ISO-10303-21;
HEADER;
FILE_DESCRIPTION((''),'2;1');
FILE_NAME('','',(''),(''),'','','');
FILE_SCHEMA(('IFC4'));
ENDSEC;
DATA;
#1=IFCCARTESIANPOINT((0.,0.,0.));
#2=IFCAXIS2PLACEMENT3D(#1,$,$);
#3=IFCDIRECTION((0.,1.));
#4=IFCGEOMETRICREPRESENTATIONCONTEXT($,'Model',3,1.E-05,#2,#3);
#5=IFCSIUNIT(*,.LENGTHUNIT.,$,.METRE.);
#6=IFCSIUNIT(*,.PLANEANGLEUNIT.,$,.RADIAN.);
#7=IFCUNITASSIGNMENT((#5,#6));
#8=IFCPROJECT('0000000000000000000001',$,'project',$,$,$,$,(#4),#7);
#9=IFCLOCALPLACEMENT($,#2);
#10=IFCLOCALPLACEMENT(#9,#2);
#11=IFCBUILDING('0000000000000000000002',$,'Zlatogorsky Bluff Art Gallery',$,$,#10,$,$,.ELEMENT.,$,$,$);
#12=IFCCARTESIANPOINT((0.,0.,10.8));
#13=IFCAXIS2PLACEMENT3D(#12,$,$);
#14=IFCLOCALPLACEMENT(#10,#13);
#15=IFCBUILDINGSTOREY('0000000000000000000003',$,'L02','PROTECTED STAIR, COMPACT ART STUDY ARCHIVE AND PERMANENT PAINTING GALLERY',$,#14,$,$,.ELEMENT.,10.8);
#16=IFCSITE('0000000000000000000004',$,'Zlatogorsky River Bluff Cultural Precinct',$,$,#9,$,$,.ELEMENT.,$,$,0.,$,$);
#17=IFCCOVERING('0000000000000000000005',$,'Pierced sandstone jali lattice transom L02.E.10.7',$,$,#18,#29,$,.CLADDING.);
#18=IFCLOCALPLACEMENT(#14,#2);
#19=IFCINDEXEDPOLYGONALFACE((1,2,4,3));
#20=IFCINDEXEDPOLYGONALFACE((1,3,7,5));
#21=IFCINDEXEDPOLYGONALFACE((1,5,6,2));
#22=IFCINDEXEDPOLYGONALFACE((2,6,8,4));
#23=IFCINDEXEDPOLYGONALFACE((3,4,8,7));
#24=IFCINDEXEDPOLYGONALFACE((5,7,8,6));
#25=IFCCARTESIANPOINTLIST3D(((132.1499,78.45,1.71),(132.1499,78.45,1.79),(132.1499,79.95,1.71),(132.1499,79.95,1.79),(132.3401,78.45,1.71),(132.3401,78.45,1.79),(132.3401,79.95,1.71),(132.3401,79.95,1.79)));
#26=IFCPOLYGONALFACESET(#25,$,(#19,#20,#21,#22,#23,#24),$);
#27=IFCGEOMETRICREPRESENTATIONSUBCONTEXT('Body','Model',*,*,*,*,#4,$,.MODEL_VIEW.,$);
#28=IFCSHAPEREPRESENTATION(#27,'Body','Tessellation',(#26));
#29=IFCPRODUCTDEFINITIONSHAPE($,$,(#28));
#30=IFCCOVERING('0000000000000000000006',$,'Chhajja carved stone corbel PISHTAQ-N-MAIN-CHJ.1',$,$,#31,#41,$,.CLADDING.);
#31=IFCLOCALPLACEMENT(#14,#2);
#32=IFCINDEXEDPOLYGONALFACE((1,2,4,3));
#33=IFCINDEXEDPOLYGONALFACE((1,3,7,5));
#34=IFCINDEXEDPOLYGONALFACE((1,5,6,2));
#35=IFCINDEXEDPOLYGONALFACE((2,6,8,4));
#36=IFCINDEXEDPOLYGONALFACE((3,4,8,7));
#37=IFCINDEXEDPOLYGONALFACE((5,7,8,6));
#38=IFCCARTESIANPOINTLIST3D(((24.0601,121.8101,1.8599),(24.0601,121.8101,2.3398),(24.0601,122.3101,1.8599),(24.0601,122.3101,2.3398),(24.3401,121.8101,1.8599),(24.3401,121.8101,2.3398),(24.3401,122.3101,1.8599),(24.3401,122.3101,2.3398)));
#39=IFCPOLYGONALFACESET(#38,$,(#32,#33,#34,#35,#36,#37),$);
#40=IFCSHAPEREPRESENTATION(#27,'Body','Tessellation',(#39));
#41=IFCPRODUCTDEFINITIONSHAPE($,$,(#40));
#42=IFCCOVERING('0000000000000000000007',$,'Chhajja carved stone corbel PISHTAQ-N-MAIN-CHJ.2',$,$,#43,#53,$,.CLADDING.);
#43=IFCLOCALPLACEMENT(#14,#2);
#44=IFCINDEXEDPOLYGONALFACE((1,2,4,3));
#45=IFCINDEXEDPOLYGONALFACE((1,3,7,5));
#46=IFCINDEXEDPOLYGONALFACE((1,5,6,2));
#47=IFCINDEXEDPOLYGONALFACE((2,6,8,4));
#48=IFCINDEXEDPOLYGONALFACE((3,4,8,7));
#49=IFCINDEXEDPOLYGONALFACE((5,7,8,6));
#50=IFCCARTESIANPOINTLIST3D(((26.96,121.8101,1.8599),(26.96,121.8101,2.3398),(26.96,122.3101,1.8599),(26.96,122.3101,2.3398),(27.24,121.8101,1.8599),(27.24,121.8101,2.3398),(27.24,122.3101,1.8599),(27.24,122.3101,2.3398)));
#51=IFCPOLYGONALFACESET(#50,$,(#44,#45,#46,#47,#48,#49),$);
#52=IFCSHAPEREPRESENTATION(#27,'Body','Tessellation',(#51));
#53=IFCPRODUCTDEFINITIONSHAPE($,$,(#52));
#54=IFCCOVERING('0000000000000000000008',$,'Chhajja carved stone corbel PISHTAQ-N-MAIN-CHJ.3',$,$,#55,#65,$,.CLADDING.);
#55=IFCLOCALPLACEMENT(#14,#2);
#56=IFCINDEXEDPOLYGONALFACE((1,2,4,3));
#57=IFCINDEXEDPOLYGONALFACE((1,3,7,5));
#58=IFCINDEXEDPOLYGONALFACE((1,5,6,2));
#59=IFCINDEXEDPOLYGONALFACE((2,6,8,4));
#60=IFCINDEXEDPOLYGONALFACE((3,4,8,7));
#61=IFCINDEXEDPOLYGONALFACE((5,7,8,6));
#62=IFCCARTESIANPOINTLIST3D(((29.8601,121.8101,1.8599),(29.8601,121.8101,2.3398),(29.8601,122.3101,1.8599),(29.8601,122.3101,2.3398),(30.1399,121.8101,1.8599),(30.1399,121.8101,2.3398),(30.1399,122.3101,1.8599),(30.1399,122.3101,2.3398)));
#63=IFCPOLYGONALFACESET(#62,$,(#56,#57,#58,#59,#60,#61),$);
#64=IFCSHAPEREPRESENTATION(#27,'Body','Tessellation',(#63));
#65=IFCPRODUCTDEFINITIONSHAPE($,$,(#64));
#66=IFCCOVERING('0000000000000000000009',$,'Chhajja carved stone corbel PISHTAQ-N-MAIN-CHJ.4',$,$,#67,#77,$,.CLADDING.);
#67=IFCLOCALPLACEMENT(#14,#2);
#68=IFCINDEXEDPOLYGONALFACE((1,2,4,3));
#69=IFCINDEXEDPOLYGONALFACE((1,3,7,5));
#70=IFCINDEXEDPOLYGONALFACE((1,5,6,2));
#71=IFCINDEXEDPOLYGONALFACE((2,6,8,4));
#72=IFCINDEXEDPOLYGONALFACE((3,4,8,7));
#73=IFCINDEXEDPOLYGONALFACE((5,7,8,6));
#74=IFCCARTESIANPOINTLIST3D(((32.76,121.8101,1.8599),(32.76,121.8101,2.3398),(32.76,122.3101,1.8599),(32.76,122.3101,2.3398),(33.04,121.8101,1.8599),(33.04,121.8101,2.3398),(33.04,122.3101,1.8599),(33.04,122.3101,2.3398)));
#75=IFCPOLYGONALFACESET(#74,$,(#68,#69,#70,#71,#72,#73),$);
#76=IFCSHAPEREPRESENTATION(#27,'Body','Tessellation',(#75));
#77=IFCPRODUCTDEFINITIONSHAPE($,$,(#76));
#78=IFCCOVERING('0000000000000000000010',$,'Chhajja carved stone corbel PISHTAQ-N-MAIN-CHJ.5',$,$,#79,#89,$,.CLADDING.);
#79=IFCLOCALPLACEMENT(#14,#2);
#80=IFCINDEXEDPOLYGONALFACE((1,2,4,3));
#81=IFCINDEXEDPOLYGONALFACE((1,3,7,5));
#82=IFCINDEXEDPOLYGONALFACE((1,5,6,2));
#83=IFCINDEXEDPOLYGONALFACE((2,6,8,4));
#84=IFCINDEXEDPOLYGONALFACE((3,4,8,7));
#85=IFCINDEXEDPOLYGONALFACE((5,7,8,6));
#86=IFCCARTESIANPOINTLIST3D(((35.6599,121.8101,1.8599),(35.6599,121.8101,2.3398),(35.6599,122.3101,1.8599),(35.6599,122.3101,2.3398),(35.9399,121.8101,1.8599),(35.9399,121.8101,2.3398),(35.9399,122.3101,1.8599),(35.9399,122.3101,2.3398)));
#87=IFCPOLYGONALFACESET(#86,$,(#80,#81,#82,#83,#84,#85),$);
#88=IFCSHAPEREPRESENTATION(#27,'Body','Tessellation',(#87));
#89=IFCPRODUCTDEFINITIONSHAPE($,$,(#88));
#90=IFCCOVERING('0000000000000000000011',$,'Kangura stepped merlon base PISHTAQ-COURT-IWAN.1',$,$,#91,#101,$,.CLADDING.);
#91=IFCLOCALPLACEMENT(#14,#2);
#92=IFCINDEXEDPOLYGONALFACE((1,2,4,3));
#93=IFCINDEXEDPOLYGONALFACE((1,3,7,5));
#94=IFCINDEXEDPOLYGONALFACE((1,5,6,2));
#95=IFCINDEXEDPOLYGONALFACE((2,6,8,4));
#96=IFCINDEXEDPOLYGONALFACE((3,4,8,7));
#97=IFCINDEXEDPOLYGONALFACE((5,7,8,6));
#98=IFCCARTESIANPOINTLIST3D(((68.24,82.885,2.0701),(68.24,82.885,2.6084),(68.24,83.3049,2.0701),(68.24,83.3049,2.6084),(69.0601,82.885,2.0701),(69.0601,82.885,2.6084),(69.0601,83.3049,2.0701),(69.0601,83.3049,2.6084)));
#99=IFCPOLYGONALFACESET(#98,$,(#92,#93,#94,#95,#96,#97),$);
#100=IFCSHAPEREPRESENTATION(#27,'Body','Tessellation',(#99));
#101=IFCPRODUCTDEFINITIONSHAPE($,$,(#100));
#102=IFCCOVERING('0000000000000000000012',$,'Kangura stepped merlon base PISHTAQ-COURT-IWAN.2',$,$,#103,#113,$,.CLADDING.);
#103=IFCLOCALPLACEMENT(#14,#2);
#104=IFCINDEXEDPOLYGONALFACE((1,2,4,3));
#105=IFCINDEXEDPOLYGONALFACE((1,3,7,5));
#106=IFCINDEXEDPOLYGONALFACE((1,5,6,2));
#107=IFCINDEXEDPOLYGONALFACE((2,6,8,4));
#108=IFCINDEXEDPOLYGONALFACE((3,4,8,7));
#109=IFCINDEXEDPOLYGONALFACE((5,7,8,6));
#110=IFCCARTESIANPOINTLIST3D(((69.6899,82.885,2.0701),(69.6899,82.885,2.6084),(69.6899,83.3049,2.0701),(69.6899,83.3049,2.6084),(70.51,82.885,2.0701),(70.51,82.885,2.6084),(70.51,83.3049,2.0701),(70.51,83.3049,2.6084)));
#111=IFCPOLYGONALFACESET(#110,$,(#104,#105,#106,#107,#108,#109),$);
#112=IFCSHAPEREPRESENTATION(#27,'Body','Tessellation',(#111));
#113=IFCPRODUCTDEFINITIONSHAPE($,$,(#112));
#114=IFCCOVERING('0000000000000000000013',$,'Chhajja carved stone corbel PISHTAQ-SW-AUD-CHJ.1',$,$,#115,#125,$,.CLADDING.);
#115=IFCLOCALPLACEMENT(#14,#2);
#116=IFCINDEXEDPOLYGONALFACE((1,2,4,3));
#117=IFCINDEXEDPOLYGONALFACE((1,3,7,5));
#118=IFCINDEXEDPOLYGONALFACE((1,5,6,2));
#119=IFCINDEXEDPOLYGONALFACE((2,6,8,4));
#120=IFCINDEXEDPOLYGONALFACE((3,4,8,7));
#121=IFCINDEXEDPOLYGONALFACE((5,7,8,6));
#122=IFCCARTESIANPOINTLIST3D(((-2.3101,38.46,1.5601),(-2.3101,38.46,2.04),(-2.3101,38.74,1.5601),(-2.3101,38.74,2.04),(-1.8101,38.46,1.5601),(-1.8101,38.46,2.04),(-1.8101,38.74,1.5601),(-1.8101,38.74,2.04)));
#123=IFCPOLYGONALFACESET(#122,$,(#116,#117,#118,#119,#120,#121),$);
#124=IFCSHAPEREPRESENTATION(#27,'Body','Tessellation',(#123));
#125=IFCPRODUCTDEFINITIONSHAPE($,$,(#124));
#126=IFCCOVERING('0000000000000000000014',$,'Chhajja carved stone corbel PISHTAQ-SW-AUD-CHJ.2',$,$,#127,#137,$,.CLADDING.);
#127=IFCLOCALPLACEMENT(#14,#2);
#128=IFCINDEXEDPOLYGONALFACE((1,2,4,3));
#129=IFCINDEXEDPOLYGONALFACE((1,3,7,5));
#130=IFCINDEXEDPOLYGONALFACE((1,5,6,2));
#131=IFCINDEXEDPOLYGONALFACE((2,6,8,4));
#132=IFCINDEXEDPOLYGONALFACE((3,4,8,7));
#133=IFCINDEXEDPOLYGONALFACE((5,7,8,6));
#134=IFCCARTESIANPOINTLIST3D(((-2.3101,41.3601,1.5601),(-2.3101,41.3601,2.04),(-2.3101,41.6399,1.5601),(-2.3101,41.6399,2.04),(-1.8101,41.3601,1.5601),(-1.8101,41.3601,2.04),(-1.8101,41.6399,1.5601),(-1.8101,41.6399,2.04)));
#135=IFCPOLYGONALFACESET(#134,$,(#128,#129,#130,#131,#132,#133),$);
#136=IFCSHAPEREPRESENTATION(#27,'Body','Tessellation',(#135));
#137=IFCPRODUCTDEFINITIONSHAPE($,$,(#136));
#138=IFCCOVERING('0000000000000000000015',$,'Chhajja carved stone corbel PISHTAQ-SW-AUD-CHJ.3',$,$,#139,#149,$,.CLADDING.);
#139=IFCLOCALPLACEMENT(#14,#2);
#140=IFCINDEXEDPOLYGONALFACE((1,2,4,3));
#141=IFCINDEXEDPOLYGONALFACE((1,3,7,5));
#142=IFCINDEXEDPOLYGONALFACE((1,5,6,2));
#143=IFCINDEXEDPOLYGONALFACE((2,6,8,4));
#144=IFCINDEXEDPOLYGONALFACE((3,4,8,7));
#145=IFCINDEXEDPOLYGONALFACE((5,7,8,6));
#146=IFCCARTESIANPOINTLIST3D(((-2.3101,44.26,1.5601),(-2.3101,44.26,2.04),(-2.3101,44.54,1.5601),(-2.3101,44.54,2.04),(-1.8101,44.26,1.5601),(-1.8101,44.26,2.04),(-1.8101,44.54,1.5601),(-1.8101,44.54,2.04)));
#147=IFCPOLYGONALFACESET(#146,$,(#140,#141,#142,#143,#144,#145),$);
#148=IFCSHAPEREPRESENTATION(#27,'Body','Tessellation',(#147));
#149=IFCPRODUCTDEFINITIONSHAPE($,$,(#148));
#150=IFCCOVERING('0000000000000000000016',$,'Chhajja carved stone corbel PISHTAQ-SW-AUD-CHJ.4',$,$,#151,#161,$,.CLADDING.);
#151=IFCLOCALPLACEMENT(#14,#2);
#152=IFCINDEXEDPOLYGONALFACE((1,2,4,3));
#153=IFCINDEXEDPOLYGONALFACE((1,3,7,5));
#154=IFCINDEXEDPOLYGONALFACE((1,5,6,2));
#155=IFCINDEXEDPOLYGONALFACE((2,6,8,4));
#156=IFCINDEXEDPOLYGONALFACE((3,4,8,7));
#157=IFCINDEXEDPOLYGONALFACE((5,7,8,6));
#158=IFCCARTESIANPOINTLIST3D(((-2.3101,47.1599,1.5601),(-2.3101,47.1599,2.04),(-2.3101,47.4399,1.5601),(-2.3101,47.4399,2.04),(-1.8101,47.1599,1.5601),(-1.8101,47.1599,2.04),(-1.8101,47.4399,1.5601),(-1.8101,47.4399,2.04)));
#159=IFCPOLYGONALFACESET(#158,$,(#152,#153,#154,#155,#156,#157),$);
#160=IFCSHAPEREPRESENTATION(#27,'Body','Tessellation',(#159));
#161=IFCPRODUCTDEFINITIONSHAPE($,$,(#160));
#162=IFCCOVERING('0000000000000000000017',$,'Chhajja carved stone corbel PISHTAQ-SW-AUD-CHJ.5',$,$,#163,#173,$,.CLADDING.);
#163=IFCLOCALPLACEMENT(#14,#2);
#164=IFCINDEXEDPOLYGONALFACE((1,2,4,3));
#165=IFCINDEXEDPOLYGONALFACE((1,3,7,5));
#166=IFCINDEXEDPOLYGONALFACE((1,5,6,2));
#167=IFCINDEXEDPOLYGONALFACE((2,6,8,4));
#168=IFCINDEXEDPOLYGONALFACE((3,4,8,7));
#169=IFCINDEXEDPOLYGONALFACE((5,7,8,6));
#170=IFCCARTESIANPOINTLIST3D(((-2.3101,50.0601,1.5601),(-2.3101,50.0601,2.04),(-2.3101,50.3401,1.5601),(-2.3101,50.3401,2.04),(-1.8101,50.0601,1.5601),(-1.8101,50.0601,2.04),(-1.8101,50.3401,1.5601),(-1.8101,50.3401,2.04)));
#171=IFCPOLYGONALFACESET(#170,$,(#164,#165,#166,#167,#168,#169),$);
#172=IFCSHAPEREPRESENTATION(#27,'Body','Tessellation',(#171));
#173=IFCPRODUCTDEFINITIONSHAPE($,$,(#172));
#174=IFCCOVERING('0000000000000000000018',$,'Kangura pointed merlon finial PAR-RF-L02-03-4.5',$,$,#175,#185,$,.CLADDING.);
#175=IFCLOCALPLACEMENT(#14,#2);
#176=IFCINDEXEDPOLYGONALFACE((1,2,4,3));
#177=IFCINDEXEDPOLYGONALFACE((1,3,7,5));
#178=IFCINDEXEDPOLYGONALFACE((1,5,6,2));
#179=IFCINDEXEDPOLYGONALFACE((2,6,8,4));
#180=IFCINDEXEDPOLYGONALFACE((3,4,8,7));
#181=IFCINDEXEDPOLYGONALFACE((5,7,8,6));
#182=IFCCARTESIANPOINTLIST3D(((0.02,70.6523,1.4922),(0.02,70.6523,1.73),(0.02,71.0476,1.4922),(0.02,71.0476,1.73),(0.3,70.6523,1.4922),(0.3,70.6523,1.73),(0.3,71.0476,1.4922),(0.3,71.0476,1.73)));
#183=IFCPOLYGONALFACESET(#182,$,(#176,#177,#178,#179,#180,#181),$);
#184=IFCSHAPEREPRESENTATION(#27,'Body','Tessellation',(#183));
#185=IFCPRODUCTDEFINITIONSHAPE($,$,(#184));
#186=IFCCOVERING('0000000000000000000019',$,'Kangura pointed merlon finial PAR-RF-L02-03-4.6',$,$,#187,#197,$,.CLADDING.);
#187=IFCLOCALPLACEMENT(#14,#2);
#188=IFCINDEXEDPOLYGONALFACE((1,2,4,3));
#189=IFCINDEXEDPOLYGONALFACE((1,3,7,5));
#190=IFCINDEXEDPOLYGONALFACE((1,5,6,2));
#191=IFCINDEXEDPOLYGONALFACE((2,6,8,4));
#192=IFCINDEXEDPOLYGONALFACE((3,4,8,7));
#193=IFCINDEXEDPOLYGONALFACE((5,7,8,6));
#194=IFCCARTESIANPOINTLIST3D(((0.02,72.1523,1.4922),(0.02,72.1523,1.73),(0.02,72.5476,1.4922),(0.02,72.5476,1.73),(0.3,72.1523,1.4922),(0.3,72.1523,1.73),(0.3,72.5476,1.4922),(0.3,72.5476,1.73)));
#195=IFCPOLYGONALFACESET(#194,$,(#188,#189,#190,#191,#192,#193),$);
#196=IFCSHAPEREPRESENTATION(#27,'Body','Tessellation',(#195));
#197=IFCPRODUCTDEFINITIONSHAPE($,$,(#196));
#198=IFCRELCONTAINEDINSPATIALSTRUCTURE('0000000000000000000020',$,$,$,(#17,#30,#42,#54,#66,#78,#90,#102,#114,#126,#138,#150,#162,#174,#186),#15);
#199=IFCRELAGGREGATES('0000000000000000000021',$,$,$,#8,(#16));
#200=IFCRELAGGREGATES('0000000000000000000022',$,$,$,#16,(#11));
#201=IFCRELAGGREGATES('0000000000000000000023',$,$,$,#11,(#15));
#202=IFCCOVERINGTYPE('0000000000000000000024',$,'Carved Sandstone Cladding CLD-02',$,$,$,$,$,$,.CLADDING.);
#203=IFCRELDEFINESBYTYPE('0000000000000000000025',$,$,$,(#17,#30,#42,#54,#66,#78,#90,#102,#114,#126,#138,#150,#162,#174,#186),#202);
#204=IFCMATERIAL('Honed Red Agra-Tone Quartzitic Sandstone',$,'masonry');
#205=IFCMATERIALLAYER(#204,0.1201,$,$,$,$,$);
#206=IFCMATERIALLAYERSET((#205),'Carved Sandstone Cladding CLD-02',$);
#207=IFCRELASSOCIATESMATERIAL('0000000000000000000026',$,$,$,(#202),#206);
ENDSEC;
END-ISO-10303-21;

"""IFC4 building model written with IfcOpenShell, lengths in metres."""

from ifc_helpers import new_model, si_unit, direction, frame, origin, place, context, subcontext, project, spatial, polyline, outline, extrude, material, layer, layer_set, type_object, element, save


model = new_model("IFC4")

# Units and contexts
model_context = context("Model", 3, precision=1e-05, world=origin(), true_north=direction((0.0, 1.0)))
body_context = subcontext(model_context, "Body", "Model", "MODEL_VIEW")
ifc_project = project(units=[si_unit("LENGTHUNIT", "METRE"), si_unit("PLANEANGLEUNIT", "RADIAN")], contexts=[model_context])

# Site, building, storey
site_placement = place(None, origin())
site = spatial("IfcSite", under=ifc_project, at=site_placement, Name="Zlatogorsky River Bluff Cultural Precinct", CompositionType="ELEMENT", RefElevation=0.0)
building_placement = place(site_placement, origin())
building = spatial("IfcBuilding", under=site, at=building_placement, Name="Zlatogorsky Bluff Art Gallery", CompositionType="ELEMENT")
storey_placement = place(building_placement, frame((0.0, 0.0, 10.8)))
storey = spatial("IfcBuildingStorey", under=building, at=storey_placement, Name="L02", Description="PROTECTED STAIR, COMPACT ART STUDY ARCHIVE AND PERMANENT PAINTING GALLERY", CompositionType="ELEMENT", Elevation=10.8)

# Coverings
ifc_material = material(Name="Honed Red Agra-Tone Quartzitic Sandstone", Category="masonry")
ifc_layer = layer(ifc_material, 0.1201)
ifc_layer_set = layer_set([ifc_layer], Name="Carved Sandstone Cladding CLD-02")
covering_type = type_object("IfcCoveringType", Name="Carved Sandstone Cladding CLD-02", PredefinedType="CLADDING", material=ifc_layer_set)
covering_1_placement = place(storey_placement, frame((0.0, 0.0, 1.71)))
element("IfcCovering", 1, at=covering_1_placement, inside=storey, type_object=covering_type, Name="Pierced sandstone jali lattice transom L02.E.10.7", PredefinedType="CLADDING", context=body_context, shape_type="SweptSolid", body=[
    extrude(outline(polyline([(132.1499, 78.45), (132.1499, 79.95), (132.3401, 79.95), (132.3401, 78.45), (132.1499, 78.45)])), origin(), (0.0, 0.0, 1.0), 0.0801),
])
covering_2_placement = place(storey_placement, frame((0.0, 0.0, 1.8599)))
element("IfcCovering", 2, at=covering_2_placement, inside=storey, type_object=covering_type, Name="Chhajja carved stone corbel PISHTAQ-N-MAIN-CHJ.1", PredefinedType="CLADDING", context=body_context, shape_type="SweptSolid", body=[
    extrude(outline(polyline([(24.0601, 121.8101), (24.3401, 121.8101), (24.3401, 122.3101), (24.0601, 122.3101), (24.0601, 121.8101)])), origin(), (0.0, 0.0, 1.0), 0.48),
])
covering_3_placement = place(storey_placement, frame((0.0, 0.0, 1.8599)))
element("IfcCovering", 3, at=covering_3_placement, inside=storey, type_object=covering_type, Name="Chhajja carved stone corbel PISHTAQ-N-MAIN-CHJ.2", PredefinedType="CLADDING", context=body_context, shape_type="SweptSolid", body=[
    extrude(outline(polyline([(26.96, 121.8101), (27.24, 121.8101), (27.24, 122.3101), (26.96, 122.3101), (26.96, 121.8101)])), origin(), (0.0, 0.0, 1.0), 0.48),
])
covering_4_placement = place(storey_placement, frame((0.0, 0.0, 1.8599)))
element("IfcCovering", 4, at=covering_4_placement, inside=storey, type_object=covering_type, Name="Chhajja carved stone corbel PISHTAQ-N-MAIN-CHJ.3", PredefinedType="CLADDING", context=body_context, shape_type="SweptSolid", body=[
    extrude(outline(polyline([(29.8601, 121.8101), (30.1399, 121.8101), (30.1399, 122.3101), (29.8601, 122.3101), (29.8601, 121.8101)])), origin(), (0.0, 0.0, 1.0), 0.48),
])
covering_5_placement = place(storey_placement, frame((0.0, 0.0, 1.8599)))
element("IfcCovering", 5, at=covering_5_placement, inside=storey, type_object=covering_type, Name="Chhajja carved stone corbel PISHTAQ-N-MAIN-CHJ.4", PredefinedType="CLADDING", context=body_context, shape_type="SweptSolid", body=[
    extrude(outline(polyline([(32.76, 121.8101), (33.04, 121.8101), (33.04, 122.3101), (32.76, 122.3101), (32.76, 121.8101)])), origin(), (0.0, 0.0, 1.0), 0.48),
])
covering_6_placement = place(storey_placement, frame((0.0, 0.0, 1.8599)))
element("IfcCovering", 6, at=covering_6_placement, inside=storey, type_object=covering_type, Name="Chhajja carved stone corbel PISHTAQ-N-MAIN-CHJ.5", PredefinedType="CLADDING", context=body_context, shape_type="SweptSolid", body=[
    extrude(outline(polyline([(35.6599, 121.8101), (35.9399, 121.8101), (35.9399, 122.3101), (35.6599, 122.3101), (35.6599, 121.8101)])), origin(), (0.0, 0.0, 1.0), 0.48),
])
covering_7_placement = place(storey_placement, frame((0.0, 0.0, 2.0701)))
element("IfcCovering", 7, at=covering_7_placement, inside=storey, type_object=covering_type, Name="Kangura stepped merlon base PISHTAQ-COURT-IWAN.1", PredefinedType="CLADDING", context=body_context, shape_type="SweptSolid", body=[
    extrude(outline(polyline([(68.24, 82.885), (69.0601, 82.885), (69.0601, 83.3049), (68.24, 83.3049), (68.24, 82.885)])), origin(), (0.0, 0.0, 1.0), 0.5383),
])
covering_8_placement = place(storey_placement, frame((0.0, 0.0, 2.0701)))
element("IfcCovering", 8, at=covering_8_placement, inside=storey, type_object=covering_type, Name="Kangura stepped merlon base PISHTAQ-COURT-IWAN.2", PredefinedType="CLADDING", context=body_context, shape_type="SweptSolid", body=[
    extrude(outline(polyline([(69.6899, 82.885), (70.51, 82.885), (70.51, 83.3049), (69.6899, 83.3049), (69.6899, 82.885)])), origin(), (0.0, 0.0, 1.0), 0.5383),
])
covering_9_placement = place(storey_placement, frame((0.0, 0.0, 1.5601)))
element("IfcCovering", 9, at=covering_9_placement, inside=storey, type_object=covering_type, Name="Chhajja carved stone corbel PISHTAQ-SW-AUD-CHJ.1", PredefinedType="CLADDING", context=body_context, shape_type="SweptSolid", body=[
    extrude(outline(polyline([(-2.3101, 38.46), (-2.3101, 38.74), (-1.8101, 38.74), (-1.8101, 38.46), (-2.3101, 38.46)])), origin(), (0.0, 0.0, 1.0), 0.48),
])
covering_10_placement = place(storey_placement, frame((0.0, 0.0, 1.5601)))
element("IfcCovering", 10, at=covering_10_placement, inside=storey, type_object=covering_type, Name="Chhajja carved stone corbel PISHTAQ-SW-AUD-CHJ.2", PredefinedType="CLADDING", context=body_context, shape_type="SweptSolid", body=[
    extrude(outline(polyline([(-2.3101, 41.3601), (-2.3101, 41.6399), (-1.8101, 41.6399), (-1.8101, 41.3601), (-2.3101, 41.3601)])), origin(), (0.0, 0.0, 1.0), 0.48),
])
covering_11_placement = place(storey_placement, frame((0.0, 0.0, 1.5601)))
element("IfcCovering", 11, at=covering_11_placement, inside=storey, type_object=covering_type, Name="Chhajja carved stone corbel PISHTAQ-SW-AUD-CHJ.3", PredefinedType="CLADDING", context=body_context, shape_type="SweptSolid", body=[
    extrude(outline(polyline([(-2.3101, 44.26), (-2.3101, 44.54), (-1.8101, 44.54), (-1.8101, 44.26), (-2.3101, 44.26)])), origin(), (0.0, 0.0, 1.0), 0.48),
])
covering_12_placement = place(storey_placement, frame((0.0, 0.0, 1.5601)))
element("IfcCovering", 12, at=covering_12_placement, inside=storey, type_object=covering_type, Name="Chhajja carved stone corbel PISHTAQ-SW-AUD-CHJ.4", PredefinedType="CLADDING", context=body_context, shape_type="SweptSolid", body=[
    extrude(outline(polyline([(-2.3101, 47.1599), (-2.3101, 47.4399), (-1.8101, 47.4399), (-1.8101, 47.1599), (-2.3101, 47.1599)])), origin(), (0.0, 0.0, 1.0), 0.48),
])
covering_13_placement = place(storey_placement, frame((0.0, 0.0, 1.5601)))
element("IfcCovering", 13, at=covering_13_placement, inside=storey, type_object=covering_type, Name="Chhajja carved stone corbel PISHTAQ-SW-AUD-CHJ.5", PredefinedType="CLADDING", context=body_context, shape_type="SweptSolid", body=[
    extrude(outline(polyline([(-2.3101, 50.0601), (-2.3101, 50.3401), (-1.8101, 50.3401), (-1.8101, 50.0601), (-2.3101, 50.0601)])), origin(), (0.0, 0.0, 1.0), 0.48),
])
covering_14_placement = place(storey_placement, frame((0.0, 0.0, 1.4922)))
element("IfcCovering", 14, at=covering_14_placement, inside=storey, type_object=covering_type, Name="Kangura pointed merlon finial PAR-RF-L02-03-4.5", PredefinedType="CLADDING", context=body_context, shape_type="SweptSolid", body=[
    extrude(outline(polyline([(0.02, 70.6523), (0.02, 71.0476), (0.3, 71.0476), (0.3, 70.6523), (0.02, 70.6523)])), origin(), (0.0, 0.0, 1.0), 0.2378),
])
covering_15_placement = place(storey_placement, frame((0.0, 0.0, 1.4922)))
element("IfcCovering", 15, at=covering_15_placement, inside=storey, type_object=covering_type, Name="Kangura pointed merlon finial PAR-RF-L02-03-4.6", PredefinedType="CLADDING", context=body_context, shape_type="SweptSolid", body=[
    extrude(outline(polyline([(0.02, 72.1523), (0.02, 72.5476), (0.3, 72.5476), (0.3, 72.1523), (0.02, 72.1523)])), origin(), (0.0, 0.0, 1.0), 0.2378),
])

save(model, "model.ifc")
